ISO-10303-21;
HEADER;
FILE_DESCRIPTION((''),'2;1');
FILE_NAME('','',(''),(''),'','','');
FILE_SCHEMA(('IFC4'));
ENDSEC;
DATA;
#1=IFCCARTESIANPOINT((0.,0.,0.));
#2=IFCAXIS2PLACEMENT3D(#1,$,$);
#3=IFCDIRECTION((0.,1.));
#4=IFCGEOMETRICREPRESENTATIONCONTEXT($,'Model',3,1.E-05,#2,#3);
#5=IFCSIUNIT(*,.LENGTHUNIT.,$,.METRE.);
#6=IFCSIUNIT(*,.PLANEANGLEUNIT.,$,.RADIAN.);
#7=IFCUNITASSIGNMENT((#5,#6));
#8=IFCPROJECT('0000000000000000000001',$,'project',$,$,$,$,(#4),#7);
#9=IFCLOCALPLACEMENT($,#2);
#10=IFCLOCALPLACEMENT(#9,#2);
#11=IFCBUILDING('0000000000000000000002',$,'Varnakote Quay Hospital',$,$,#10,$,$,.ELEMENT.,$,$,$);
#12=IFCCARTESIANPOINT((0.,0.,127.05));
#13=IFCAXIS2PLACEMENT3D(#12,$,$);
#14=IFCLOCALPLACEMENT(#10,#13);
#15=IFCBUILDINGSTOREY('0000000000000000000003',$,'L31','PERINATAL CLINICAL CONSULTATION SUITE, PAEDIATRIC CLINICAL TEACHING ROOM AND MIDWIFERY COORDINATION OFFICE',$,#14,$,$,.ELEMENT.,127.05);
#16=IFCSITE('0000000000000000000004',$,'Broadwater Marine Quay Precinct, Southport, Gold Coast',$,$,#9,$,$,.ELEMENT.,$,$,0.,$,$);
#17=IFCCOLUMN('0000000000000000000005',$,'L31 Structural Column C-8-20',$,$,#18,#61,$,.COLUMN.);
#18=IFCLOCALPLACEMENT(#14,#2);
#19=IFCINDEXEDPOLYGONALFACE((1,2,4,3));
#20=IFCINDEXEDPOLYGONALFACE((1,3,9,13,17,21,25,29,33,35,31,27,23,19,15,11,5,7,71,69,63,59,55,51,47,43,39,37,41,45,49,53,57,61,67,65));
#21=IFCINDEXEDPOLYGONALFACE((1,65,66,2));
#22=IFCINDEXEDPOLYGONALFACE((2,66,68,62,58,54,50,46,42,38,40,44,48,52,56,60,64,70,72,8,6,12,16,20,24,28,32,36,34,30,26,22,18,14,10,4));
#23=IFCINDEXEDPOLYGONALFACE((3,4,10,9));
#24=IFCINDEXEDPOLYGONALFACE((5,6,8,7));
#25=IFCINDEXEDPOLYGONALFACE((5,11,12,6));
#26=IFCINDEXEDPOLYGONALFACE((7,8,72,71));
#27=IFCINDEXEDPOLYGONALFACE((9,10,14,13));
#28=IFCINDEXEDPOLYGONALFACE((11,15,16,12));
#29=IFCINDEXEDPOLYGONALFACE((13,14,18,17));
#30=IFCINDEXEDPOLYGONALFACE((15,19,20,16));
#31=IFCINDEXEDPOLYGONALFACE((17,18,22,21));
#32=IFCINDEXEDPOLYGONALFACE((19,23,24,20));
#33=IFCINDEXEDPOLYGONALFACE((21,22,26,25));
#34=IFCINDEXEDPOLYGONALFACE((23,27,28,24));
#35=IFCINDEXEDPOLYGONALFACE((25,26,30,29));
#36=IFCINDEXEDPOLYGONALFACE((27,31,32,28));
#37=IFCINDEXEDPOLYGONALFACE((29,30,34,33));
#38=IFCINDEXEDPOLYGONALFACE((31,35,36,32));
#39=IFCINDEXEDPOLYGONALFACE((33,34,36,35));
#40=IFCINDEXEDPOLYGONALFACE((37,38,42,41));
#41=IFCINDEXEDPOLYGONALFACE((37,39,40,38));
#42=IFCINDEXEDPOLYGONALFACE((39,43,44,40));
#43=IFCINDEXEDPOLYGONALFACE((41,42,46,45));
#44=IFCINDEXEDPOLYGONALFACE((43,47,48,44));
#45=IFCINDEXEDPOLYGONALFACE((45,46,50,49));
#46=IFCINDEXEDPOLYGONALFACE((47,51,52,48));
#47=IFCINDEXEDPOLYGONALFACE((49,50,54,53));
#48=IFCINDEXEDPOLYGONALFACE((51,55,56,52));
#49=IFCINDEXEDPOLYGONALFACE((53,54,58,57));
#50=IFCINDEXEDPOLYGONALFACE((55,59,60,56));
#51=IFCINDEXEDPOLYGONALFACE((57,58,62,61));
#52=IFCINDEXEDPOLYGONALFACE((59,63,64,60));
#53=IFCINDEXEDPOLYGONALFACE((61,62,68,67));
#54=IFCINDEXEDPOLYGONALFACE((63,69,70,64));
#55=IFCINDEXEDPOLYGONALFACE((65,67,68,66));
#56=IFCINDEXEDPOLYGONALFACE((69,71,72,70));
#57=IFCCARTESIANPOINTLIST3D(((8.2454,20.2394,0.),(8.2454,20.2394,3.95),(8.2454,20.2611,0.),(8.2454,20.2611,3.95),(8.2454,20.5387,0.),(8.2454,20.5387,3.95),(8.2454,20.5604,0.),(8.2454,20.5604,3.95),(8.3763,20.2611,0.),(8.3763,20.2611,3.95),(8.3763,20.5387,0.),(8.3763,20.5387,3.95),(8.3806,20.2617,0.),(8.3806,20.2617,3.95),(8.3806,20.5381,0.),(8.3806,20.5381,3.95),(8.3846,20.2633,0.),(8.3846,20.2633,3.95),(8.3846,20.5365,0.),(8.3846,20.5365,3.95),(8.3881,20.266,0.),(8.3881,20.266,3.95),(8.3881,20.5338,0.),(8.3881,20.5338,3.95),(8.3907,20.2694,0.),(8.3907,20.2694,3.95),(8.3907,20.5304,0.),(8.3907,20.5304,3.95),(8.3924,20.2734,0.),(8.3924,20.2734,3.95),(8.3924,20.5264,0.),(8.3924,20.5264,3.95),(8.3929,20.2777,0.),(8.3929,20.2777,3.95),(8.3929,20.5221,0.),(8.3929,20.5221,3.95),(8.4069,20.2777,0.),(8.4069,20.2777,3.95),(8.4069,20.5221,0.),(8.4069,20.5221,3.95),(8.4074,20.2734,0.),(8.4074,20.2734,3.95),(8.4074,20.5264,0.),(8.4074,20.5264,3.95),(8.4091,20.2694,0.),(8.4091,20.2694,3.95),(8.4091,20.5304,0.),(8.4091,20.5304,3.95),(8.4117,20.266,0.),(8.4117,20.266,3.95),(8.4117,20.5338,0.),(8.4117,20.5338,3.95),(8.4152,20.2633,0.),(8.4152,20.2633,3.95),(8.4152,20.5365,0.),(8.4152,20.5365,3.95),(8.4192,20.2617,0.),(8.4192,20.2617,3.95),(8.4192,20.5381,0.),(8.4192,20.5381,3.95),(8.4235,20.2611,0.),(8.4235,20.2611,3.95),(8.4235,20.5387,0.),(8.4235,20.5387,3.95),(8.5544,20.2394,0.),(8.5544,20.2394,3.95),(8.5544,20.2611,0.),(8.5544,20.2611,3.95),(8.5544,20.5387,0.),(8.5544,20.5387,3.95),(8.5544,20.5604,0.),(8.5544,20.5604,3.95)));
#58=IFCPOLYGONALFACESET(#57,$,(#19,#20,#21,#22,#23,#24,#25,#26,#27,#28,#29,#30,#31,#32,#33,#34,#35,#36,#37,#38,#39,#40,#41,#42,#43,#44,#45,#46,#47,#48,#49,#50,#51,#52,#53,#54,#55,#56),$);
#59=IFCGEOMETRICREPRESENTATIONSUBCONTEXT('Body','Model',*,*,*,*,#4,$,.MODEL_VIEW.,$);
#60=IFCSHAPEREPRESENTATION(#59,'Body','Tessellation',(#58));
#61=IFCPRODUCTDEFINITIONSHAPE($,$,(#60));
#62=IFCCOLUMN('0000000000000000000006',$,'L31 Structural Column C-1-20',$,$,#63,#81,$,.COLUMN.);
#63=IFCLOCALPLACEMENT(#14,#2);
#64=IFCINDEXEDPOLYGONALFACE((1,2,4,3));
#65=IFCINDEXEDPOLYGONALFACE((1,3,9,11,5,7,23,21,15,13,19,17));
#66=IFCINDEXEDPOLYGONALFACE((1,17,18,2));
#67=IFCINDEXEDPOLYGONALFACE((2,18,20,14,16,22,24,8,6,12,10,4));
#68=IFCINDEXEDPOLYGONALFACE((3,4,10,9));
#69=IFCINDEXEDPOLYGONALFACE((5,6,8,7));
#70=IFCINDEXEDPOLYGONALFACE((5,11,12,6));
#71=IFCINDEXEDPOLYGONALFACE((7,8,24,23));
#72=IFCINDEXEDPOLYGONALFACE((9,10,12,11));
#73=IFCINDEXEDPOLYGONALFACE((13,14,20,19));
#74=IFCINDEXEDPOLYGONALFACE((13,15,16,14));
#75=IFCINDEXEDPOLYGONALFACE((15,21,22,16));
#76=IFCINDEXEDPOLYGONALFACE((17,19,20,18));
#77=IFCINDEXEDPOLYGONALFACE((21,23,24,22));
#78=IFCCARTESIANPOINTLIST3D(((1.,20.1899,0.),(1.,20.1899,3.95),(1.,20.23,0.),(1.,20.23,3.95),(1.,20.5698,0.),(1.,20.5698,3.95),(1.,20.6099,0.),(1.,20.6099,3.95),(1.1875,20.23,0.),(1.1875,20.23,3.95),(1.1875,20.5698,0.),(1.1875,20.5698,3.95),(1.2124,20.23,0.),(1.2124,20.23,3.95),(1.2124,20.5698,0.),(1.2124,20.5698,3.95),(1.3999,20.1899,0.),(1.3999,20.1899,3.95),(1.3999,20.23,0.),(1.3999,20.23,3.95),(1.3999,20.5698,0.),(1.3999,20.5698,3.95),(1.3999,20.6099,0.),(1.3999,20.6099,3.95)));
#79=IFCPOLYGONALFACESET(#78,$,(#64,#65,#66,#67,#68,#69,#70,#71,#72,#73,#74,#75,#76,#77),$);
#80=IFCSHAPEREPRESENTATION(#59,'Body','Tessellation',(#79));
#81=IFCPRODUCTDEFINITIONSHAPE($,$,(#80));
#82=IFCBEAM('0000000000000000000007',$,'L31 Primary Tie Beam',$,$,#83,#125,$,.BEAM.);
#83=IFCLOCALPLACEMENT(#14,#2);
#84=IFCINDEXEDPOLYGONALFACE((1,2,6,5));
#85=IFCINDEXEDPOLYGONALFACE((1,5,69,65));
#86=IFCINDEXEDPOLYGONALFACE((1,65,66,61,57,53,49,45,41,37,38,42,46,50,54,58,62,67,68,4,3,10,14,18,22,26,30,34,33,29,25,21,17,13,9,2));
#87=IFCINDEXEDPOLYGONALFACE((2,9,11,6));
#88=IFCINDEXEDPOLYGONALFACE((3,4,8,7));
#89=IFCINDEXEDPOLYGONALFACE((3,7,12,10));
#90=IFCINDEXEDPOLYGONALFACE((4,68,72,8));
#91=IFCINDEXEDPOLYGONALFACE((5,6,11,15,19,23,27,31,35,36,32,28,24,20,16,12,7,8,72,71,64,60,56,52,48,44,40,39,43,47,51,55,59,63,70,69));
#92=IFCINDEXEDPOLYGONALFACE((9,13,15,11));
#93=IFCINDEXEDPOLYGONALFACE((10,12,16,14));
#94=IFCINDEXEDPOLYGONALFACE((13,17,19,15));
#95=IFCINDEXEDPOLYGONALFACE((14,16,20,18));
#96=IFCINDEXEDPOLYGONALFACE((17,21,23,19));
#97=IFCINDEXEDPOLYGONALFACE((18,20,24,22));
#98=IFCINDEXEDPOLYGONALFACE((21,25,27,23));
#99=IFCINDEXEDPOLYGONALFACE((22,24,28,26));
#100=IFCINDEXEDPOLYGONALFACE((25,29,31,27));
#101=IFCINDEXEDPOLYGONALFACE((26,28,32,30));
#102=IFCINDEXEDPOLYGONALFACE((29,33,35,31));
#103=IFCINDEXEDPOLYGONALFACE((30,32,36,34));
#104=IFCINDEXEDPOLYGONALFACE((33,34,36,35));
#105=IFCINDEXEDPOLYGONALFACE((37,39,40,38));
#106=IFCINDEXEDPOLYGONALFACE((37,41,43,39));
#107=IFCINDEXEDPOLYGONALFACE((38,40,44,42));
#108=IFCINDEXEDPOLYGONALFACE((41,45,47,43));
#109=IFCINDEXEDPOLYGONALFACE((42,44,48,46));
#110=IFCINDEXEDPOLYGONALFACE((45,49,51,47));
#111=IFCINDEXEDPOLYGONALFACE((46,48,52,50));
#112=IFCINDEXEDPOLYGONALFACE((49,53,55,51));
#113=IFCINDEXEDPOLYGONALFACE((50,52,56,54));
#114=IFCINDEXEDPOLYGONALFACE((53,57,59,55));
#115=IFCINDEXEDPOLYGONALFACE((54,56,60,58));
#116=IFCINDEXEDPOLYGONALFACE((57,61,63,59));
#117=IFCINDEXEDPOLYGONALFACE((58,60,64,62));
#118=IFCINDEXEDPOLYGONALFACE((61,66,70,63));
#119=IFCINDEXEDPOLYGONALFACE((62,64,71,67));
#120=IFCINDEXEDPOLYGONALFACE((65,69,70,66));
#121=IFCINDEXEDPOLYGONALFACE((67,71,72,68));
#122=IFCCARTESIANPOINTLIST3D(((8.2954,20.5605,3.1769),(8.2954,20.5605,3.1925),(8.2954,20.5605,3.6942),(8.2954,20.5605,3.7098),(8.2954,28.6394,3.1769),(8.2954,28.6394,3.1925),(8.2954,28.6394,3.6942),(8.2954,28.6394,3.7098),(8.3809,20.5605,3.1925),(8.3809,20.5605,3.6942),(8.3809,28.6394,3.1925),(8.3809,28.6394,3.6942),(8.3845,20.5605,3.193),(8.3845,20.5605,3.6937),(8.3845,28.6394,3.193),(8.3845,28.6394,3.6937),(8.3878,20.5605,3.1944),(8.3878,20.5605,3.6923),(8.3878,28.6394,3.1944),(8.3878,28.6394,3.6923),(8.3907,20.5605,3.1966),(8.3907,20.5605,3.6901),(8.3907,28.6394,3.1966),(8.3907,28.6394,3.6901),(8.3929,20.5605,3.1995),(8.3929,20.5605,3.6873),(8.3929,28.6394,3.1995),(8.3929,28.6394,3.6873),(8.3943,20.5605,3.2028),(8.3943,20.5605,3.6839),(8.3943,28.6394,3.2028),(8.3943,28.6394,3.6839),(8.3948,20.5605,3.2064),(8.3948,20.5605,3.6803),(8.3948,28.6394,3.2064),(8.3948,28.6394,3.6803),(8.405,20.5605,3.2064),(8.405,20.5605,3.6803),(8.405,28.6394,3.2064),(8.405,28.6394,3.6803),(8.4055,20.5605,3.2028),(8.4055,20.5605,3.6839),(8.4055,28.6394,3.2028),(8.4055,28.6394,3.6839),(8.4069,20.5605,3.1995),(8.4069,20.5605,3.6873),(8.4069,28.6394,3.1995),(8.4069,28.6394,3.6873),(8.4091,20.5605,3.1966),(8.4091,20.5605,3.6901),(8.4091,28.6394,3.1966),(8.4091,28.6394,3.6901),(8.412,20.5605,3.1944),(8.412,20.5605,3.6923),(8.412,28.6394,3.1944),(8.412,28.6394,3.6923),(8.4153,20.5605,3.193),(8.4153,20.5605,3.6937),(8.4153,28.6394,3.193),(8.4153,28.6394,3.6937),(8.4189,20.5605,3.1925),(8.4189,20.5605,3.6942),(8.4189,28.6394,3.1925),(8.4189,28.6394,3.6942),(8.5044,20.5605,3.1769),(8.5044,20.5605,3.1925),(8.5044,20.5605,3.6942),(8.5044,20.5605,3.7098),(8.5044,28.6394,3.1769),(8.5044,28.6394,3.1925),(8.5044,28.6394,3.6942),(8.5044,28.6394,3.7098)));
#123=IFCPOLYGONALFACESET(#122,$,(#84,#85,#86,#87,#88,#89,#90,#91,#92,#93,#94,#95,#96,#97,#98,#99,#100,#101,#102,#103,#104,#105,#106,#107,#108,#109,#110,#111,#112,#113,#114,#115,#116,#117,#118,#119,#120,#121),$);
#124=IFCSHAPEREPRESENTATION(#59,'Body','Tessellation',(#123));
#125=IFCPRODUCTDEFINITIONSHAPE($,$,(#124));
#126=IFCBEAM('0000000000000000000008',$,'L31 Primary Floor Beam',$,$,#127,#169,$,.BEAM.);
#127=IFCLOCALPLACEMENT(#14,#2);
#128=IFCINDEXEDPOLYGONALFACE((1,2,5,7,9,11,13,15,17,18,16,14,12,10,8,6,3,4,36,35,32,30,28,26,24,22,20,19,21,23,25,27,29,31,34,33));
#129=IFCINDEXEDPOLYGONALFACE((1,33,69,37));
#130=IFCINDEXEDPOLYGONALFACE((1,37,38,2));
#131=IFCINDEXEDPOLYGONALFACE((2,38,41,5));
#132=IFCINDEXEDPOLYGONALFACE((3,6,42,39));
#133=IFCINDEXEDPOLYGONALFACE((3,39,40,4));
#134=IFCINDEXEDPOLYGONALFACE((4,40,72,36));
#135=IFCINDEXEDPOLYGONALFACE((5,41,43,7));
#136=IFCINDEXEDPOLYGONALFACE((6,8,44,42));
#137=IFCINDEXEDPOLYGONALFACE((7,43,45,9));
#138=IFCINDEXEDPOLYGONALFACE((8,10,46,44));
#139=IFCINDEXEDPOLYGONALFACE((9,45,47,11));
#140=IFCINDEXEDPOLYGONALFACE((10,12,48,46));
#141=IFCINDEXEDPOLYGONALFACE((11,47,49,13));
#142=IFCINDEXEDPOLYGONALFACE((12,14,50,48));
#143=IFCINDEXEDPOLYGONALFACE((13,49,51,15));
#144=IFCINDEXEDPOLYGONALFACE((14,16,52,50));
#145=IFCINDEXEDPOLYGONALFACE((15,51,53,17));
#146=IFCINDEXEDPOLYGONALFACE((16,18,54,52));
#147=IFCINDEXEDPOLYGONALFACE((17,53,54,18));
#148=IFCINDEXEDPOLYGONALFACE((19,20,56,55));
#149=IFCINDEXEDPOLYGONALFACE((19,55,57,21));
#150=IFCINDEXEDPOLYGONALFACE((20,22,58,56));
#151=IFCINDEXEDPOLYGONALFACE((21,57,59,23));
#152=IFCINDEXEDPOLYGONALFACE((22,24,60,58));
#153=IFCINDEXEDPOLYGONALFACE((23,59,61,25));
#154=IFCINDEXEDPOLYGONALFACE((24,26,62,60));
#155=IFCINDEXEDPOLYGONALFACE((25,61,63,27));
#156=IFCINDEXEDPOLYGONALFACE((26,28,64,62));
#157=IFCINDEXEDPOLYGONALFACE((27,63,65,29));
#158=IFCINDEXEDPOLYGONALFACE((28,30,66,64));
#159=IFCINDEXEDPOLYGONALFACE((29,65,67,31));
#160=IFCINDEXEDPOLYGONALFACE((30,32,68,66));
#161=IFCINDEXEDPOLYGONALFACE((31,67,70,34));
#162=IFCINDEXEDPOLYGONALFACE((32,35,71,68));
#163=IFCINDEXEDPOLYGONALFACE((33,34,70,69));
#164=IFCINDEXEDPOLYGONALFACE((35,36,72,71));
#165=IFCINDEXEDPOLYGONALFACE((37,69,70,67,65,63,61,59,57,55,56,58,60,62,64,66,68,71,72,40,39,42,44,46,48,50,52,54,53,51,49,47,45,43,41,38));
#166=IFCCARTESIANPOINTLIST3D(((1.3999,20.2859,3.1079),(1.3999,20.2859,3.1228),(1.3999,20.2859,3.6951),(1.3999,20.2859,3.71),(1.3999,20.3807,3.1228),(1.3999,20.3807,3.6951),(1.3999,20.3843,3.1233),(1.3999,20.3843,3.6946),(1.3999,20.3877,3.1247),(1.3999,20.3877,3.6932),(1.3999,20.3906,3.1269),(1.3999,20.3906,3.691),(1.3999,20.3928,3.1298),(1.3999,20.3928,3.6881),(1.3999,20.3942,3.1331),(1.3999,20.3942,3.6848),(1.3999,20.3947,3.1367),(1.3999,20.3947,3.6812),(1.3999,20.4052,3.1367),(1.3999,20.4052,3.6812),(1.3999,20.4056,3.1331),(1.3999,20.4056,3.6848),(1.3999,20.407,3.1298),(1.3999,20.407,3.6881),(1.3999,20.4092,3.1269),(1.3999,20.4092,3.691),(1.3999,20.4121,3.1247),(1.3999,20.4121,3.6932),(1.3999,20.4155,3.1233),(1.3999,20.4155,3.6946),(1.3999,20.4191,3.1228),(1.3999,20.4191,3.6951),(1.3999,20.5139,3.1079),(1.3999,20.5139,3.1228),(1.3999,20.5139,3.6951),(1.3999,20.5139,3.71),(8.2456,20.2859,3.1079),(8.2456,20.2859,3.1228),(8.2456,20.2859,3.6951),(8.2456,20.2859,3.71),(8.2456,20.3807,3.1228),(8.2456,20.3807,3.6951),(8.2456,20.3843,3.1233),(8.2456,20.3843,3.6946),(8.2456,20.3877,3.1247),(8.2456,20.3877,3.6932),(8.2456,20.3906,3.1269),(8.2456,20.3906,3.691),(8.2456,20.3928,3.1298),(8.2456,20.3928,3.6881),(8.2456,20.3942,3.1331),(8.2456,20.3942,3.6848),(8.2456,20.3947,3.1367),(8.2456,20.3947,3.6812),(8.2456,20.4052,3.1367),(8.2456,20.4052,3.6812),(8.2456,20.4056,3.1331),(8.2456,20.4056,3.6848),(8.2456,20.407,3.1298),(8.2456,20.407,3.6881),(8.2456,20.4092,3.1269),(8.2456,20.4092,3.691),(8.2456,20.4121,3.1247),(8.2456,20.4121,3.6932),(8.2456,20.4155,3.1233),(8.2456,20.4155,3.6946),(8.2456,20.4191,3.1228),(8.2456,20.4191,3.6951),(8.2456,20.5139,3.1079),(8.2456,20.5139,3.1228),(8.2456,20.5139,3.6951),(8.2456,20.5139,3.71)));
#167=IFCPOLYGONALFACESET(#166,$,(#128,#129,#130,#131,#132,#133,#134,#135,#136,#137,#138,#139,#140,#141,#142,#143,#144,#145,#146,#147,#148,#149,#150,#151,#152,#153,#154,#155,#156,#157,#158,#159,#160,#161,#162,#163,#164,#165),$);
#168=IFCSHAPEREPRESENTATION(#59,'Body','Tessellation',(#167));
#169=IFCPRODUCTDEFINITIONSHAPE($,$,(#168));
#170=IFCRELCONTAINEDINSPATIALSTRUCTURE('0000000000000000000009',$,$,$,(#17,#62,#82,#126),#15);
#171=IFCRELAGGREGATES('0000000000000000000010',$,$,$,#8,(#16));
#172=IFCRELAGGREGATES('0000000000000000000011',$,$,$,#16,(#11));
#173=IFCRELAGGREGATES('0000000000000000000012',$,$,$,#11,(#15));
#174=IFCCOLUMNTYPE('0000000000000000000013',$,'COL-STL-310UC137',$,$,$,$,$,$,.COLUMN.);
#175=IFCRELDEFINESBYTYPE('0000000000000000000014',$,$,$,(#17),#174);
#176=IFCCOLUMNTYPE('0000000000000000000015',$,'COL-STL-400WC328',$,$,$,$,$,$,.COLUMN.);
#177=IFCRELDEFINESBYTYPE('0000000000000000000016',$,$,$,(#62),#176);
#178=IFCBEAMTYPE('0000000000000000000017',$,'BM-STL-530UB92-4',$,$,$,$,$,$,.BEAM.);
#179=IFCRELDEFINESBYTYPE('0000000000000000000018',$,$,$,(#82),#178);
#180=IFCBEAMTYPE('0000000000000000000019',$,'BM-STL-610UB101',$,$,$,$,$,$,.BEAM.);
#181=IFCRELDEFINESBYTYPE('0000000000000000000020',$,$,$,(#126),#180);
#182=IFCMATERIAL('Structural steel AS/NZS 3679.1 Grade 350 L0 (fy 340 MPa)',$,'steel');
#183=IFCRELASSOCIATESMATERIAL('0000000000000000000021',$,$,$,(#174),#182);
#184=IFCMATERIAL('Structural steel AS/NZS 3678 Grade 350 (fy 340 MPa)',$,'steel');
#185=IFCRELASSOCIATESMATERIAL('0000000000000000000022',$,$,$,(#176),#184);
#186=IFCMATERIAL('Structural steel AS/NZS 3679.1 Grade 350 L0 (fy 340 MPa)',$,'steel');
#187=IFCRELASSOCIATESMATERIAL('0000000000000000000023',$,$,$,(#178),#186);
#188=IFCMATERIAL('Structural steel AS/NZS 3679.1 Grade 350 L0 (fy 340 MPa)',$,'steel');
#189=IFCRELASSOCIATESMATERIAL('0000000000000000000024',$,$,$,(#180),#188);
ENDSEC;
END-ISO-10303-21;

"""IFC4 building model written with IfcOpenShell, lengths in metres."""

from ifc_helpers import new_model, si_unit, direction, frame, origin, origin_2d, place, context, subcontext, project, spatial, i_section, extrude, material, material_profile, profile_set, type_object, element, save


model = new_model("IFC4")

# Units and contexts
model_context = context("Model", 3, precision=1e-05, world=origin(), true_north=direction((0.0, 1.0)))
body_context = subcontext(model_context, "Body", "Model", "MODEL_VIEW")
ifc_project = project(units=[si_unit("LENGTHUNIT", "METRE"), si_unit("PLANEANGLEUNIT", "RADIAN")], contexts=[model_context])

# Site, building, storey
site_placement = place(None, origin())
site = spatial("IfcSite", under=ifc_project, at=site_placement, Name="Broadwater Marine Quay Precinct, Southport, Gold Coast", CompositionType="ELEMENT", RefElevation=0.0)
building_placement = place(site_placement, origin())
building = spatial("IfcBuilding", under=site, at=building_placement, Name="Varnakote Quay Hospital", CompositionType="ELEMENT")
storey_placement = place(building_placement, frame((0.0, 0.0, 127.05)))
storey = spatial("IfcBuildingStorey", under=building, at=storey_placement, Name="L31", Description="PERINATAL CLINICAL CONSULTATION SUITE, PAEDIATRIC CLINICAL TEACHING ROOM AND MIDWIFERY COORDINATION OFFICE", CompositionType="ELEMENT", Elevation=127.05)

# Columns
ifc_material_1 = material(Name="Structural steel AS/NZS 3679.1 Grade 350 L0 (fy 340 MPa)", Category="steel")
ifc_material_profile_1 = material_profile(ifc_material_1, i_section(OverallWidth=0.3091, OverallDepth=0.321, WebThickness=0.0139, FlangeThickness=0.0217, FilletRadius=0.0166, at=origin_2d()), Name="310UC137")
ifc_profile_set_1 = profile_set([ifc_material_profile_1], Name="Structural steel AS/NZS 3679.1 Grade 350 L0 (fy 340 MPa)")
column_type_1 = type_object("IfcColumnType", Name="COL-STL-310UC137", PredefinedType="COLUMN", material=ifc_profile_set_1)
column_1_placement = place(storey_placement, frame((8.3999, 20.3999, 0.0), z_axis=(0.0, 0.0, 1.0), x_axis=(1.0, 0.0, 0.0)))
element("IfcColumn", 1, at=column_1_placement, inside=storey, type_object=column_type_1, Name="L31 Structural Column C-8-20", PredefinedType="COLUMN", context=body_context, shape_type="SweptSolid", body=[
    extrude(i_section(OverallWidth=0.3091, OverallDepth=0.321, WebThickness=0.0139, FlangeThickness=0.0217, FilletRadius=0.0166, at=origin_2d()), origin(), (0.0, 0.0, 1.0), 3.95),
])
ifc_material_2 = material(Name="Structural steel AS/NZS 3678 Grade 350 (fy 340 MPa)", Category="steel")
ifc_material_profile_2 = material_profile(ifc_material_2, i_section(OverallWidth=0.3999, OverallDepth=0.4199, WebThickness=0.0249, FlangeThickness=0.04, at=origin_2d()), Name="400WC328")
ifc_profile_set_2 = profile_set([ifc_material_profile_2], Name="Structural steel AS/NZS 3678 Grade 350 (fy 340 MPa)")
column_type_2 = type_object("IfcColumnType", Name="COL-STL-400WC328", PredefinedType="COLUMN", material=ifc_profile_set_2)
column_2_placement = place(storey_placement, frame((1.2, 20.3999, 0.0), z_axis=(0.0, 0.0, 1.0), x_axis=(1.0, 0.0, 0.0)))
element("IfcColumn", 2, at=column_2_placement, inside=storey, type_object=column_type_2, Name="L31 Structural Column C-1-20", PredefinedType="COLUMN", context=body_context, shape_type="SweptSolid", body=[
    extrude(i_section(OverallWidth=0.3999, OverallDepth=0.4199, WebThickness=0.0249, FlangeThickness=0.04, at=origin_2d()), origin(), (0.0, 0.0, 1.0), 3.95),
])

# Beams
ifc_material_3 = material(Name="Structural steel AS/NZS 3679.1 Grade 350 L0 (fy 340 MPa)", Category="steel")
ifc_material_profile_3 = material_profile(ifc_material_3, i_section(OverallWidth=0.209, OverallDepth=0.533, WebThickness=0.0103, FlangeThickness=0.0156, FilletRadius=0.0139, at=origin_2d()), Name="530UB92.4")
ifc_profile_set_3 = profile_set([ifc_material_profile_3], Name="Structural steel AS/NZS 3679.1 Grade 350 L0 (fy 340 MPa)")
beam_type_1 = type_object("IfcBeamType", Name="BM-STL-530UB92-4", PredefinedType="BEAM", material=ifc_profile_set_3)
beam_1_placement = place(storey_placement, frame((8.3999, 20.5605, 3.4434), z_axis=(0.0, 1.0, 0.0), x_axis=(-1.0, 0.0, 0.0)))
element("IfcBeam", 3, at=beam_1_placement, inside=storey, type_object=beam_type_1, Name="L31 Primary Tie Beam", PredefinedType="BEAM", context=body_context, shape_type="SweptSolid", body=[
    extrude(i_section(OverallWidth=0.209, OverallDepth=0.533, WebThickness=0.0103, FlangeThickness=0.0156, FilletRadius=0.0139, at=origin_2d()), origin(), (0.0, 0.0, 1.0), 8.0789),
])
ifc_material_4 = material(Name="Structural steel AS/NZS 3679.1 Grade 350 L0 (fy 340 MPa)", Category="steel")
ifc_material_profile_4 = material_profile(ifc_material_4, i_section(OverallWidth=0.228, OverallDepth=0.6021, WebThickness=0.0105, FlangeThickness=0.0149, FilletRadius=0.0139, at=origin_2d()), Name="610UB101")
ifc_profile_set_4 = profile_set([ifc_material_profile_4], Name="Structural steel AS/NZS 3679.1 Grade 350 L0 (fy 340 MPa)")
beam_type_2 = type_object("IfcBeamType", Name="BM-STL-610UB101", PredefinedType="BEAM", material=ifc_profile_set_4)
beam_2_placement = place(storey_placement, frame((1.3999, 20.3999, 3.4089), z_axis=(1.0, 0.0, 0.0), x_axis=(0.0, 1.0, 0.0)))
element("IfcBeam", 4, at=beam_2_placement, inside=storey, type_object=beam_type_2, Name="L31 Primary Floor Beam", PredefinedType="BEAM", context=body_context, shape_type="SweptSolid", body=[
    extrude(i_section(OverallWidth=0.228, OverallDepth=0.6021, WebThickness=0.0105, FlangeThickness=0.0149, FilletRadius=0.0139, at=origin_2d()), origin(), (0.0, 0.0, 1.0), 6.8457),
])

save(model, "model.ifc")
